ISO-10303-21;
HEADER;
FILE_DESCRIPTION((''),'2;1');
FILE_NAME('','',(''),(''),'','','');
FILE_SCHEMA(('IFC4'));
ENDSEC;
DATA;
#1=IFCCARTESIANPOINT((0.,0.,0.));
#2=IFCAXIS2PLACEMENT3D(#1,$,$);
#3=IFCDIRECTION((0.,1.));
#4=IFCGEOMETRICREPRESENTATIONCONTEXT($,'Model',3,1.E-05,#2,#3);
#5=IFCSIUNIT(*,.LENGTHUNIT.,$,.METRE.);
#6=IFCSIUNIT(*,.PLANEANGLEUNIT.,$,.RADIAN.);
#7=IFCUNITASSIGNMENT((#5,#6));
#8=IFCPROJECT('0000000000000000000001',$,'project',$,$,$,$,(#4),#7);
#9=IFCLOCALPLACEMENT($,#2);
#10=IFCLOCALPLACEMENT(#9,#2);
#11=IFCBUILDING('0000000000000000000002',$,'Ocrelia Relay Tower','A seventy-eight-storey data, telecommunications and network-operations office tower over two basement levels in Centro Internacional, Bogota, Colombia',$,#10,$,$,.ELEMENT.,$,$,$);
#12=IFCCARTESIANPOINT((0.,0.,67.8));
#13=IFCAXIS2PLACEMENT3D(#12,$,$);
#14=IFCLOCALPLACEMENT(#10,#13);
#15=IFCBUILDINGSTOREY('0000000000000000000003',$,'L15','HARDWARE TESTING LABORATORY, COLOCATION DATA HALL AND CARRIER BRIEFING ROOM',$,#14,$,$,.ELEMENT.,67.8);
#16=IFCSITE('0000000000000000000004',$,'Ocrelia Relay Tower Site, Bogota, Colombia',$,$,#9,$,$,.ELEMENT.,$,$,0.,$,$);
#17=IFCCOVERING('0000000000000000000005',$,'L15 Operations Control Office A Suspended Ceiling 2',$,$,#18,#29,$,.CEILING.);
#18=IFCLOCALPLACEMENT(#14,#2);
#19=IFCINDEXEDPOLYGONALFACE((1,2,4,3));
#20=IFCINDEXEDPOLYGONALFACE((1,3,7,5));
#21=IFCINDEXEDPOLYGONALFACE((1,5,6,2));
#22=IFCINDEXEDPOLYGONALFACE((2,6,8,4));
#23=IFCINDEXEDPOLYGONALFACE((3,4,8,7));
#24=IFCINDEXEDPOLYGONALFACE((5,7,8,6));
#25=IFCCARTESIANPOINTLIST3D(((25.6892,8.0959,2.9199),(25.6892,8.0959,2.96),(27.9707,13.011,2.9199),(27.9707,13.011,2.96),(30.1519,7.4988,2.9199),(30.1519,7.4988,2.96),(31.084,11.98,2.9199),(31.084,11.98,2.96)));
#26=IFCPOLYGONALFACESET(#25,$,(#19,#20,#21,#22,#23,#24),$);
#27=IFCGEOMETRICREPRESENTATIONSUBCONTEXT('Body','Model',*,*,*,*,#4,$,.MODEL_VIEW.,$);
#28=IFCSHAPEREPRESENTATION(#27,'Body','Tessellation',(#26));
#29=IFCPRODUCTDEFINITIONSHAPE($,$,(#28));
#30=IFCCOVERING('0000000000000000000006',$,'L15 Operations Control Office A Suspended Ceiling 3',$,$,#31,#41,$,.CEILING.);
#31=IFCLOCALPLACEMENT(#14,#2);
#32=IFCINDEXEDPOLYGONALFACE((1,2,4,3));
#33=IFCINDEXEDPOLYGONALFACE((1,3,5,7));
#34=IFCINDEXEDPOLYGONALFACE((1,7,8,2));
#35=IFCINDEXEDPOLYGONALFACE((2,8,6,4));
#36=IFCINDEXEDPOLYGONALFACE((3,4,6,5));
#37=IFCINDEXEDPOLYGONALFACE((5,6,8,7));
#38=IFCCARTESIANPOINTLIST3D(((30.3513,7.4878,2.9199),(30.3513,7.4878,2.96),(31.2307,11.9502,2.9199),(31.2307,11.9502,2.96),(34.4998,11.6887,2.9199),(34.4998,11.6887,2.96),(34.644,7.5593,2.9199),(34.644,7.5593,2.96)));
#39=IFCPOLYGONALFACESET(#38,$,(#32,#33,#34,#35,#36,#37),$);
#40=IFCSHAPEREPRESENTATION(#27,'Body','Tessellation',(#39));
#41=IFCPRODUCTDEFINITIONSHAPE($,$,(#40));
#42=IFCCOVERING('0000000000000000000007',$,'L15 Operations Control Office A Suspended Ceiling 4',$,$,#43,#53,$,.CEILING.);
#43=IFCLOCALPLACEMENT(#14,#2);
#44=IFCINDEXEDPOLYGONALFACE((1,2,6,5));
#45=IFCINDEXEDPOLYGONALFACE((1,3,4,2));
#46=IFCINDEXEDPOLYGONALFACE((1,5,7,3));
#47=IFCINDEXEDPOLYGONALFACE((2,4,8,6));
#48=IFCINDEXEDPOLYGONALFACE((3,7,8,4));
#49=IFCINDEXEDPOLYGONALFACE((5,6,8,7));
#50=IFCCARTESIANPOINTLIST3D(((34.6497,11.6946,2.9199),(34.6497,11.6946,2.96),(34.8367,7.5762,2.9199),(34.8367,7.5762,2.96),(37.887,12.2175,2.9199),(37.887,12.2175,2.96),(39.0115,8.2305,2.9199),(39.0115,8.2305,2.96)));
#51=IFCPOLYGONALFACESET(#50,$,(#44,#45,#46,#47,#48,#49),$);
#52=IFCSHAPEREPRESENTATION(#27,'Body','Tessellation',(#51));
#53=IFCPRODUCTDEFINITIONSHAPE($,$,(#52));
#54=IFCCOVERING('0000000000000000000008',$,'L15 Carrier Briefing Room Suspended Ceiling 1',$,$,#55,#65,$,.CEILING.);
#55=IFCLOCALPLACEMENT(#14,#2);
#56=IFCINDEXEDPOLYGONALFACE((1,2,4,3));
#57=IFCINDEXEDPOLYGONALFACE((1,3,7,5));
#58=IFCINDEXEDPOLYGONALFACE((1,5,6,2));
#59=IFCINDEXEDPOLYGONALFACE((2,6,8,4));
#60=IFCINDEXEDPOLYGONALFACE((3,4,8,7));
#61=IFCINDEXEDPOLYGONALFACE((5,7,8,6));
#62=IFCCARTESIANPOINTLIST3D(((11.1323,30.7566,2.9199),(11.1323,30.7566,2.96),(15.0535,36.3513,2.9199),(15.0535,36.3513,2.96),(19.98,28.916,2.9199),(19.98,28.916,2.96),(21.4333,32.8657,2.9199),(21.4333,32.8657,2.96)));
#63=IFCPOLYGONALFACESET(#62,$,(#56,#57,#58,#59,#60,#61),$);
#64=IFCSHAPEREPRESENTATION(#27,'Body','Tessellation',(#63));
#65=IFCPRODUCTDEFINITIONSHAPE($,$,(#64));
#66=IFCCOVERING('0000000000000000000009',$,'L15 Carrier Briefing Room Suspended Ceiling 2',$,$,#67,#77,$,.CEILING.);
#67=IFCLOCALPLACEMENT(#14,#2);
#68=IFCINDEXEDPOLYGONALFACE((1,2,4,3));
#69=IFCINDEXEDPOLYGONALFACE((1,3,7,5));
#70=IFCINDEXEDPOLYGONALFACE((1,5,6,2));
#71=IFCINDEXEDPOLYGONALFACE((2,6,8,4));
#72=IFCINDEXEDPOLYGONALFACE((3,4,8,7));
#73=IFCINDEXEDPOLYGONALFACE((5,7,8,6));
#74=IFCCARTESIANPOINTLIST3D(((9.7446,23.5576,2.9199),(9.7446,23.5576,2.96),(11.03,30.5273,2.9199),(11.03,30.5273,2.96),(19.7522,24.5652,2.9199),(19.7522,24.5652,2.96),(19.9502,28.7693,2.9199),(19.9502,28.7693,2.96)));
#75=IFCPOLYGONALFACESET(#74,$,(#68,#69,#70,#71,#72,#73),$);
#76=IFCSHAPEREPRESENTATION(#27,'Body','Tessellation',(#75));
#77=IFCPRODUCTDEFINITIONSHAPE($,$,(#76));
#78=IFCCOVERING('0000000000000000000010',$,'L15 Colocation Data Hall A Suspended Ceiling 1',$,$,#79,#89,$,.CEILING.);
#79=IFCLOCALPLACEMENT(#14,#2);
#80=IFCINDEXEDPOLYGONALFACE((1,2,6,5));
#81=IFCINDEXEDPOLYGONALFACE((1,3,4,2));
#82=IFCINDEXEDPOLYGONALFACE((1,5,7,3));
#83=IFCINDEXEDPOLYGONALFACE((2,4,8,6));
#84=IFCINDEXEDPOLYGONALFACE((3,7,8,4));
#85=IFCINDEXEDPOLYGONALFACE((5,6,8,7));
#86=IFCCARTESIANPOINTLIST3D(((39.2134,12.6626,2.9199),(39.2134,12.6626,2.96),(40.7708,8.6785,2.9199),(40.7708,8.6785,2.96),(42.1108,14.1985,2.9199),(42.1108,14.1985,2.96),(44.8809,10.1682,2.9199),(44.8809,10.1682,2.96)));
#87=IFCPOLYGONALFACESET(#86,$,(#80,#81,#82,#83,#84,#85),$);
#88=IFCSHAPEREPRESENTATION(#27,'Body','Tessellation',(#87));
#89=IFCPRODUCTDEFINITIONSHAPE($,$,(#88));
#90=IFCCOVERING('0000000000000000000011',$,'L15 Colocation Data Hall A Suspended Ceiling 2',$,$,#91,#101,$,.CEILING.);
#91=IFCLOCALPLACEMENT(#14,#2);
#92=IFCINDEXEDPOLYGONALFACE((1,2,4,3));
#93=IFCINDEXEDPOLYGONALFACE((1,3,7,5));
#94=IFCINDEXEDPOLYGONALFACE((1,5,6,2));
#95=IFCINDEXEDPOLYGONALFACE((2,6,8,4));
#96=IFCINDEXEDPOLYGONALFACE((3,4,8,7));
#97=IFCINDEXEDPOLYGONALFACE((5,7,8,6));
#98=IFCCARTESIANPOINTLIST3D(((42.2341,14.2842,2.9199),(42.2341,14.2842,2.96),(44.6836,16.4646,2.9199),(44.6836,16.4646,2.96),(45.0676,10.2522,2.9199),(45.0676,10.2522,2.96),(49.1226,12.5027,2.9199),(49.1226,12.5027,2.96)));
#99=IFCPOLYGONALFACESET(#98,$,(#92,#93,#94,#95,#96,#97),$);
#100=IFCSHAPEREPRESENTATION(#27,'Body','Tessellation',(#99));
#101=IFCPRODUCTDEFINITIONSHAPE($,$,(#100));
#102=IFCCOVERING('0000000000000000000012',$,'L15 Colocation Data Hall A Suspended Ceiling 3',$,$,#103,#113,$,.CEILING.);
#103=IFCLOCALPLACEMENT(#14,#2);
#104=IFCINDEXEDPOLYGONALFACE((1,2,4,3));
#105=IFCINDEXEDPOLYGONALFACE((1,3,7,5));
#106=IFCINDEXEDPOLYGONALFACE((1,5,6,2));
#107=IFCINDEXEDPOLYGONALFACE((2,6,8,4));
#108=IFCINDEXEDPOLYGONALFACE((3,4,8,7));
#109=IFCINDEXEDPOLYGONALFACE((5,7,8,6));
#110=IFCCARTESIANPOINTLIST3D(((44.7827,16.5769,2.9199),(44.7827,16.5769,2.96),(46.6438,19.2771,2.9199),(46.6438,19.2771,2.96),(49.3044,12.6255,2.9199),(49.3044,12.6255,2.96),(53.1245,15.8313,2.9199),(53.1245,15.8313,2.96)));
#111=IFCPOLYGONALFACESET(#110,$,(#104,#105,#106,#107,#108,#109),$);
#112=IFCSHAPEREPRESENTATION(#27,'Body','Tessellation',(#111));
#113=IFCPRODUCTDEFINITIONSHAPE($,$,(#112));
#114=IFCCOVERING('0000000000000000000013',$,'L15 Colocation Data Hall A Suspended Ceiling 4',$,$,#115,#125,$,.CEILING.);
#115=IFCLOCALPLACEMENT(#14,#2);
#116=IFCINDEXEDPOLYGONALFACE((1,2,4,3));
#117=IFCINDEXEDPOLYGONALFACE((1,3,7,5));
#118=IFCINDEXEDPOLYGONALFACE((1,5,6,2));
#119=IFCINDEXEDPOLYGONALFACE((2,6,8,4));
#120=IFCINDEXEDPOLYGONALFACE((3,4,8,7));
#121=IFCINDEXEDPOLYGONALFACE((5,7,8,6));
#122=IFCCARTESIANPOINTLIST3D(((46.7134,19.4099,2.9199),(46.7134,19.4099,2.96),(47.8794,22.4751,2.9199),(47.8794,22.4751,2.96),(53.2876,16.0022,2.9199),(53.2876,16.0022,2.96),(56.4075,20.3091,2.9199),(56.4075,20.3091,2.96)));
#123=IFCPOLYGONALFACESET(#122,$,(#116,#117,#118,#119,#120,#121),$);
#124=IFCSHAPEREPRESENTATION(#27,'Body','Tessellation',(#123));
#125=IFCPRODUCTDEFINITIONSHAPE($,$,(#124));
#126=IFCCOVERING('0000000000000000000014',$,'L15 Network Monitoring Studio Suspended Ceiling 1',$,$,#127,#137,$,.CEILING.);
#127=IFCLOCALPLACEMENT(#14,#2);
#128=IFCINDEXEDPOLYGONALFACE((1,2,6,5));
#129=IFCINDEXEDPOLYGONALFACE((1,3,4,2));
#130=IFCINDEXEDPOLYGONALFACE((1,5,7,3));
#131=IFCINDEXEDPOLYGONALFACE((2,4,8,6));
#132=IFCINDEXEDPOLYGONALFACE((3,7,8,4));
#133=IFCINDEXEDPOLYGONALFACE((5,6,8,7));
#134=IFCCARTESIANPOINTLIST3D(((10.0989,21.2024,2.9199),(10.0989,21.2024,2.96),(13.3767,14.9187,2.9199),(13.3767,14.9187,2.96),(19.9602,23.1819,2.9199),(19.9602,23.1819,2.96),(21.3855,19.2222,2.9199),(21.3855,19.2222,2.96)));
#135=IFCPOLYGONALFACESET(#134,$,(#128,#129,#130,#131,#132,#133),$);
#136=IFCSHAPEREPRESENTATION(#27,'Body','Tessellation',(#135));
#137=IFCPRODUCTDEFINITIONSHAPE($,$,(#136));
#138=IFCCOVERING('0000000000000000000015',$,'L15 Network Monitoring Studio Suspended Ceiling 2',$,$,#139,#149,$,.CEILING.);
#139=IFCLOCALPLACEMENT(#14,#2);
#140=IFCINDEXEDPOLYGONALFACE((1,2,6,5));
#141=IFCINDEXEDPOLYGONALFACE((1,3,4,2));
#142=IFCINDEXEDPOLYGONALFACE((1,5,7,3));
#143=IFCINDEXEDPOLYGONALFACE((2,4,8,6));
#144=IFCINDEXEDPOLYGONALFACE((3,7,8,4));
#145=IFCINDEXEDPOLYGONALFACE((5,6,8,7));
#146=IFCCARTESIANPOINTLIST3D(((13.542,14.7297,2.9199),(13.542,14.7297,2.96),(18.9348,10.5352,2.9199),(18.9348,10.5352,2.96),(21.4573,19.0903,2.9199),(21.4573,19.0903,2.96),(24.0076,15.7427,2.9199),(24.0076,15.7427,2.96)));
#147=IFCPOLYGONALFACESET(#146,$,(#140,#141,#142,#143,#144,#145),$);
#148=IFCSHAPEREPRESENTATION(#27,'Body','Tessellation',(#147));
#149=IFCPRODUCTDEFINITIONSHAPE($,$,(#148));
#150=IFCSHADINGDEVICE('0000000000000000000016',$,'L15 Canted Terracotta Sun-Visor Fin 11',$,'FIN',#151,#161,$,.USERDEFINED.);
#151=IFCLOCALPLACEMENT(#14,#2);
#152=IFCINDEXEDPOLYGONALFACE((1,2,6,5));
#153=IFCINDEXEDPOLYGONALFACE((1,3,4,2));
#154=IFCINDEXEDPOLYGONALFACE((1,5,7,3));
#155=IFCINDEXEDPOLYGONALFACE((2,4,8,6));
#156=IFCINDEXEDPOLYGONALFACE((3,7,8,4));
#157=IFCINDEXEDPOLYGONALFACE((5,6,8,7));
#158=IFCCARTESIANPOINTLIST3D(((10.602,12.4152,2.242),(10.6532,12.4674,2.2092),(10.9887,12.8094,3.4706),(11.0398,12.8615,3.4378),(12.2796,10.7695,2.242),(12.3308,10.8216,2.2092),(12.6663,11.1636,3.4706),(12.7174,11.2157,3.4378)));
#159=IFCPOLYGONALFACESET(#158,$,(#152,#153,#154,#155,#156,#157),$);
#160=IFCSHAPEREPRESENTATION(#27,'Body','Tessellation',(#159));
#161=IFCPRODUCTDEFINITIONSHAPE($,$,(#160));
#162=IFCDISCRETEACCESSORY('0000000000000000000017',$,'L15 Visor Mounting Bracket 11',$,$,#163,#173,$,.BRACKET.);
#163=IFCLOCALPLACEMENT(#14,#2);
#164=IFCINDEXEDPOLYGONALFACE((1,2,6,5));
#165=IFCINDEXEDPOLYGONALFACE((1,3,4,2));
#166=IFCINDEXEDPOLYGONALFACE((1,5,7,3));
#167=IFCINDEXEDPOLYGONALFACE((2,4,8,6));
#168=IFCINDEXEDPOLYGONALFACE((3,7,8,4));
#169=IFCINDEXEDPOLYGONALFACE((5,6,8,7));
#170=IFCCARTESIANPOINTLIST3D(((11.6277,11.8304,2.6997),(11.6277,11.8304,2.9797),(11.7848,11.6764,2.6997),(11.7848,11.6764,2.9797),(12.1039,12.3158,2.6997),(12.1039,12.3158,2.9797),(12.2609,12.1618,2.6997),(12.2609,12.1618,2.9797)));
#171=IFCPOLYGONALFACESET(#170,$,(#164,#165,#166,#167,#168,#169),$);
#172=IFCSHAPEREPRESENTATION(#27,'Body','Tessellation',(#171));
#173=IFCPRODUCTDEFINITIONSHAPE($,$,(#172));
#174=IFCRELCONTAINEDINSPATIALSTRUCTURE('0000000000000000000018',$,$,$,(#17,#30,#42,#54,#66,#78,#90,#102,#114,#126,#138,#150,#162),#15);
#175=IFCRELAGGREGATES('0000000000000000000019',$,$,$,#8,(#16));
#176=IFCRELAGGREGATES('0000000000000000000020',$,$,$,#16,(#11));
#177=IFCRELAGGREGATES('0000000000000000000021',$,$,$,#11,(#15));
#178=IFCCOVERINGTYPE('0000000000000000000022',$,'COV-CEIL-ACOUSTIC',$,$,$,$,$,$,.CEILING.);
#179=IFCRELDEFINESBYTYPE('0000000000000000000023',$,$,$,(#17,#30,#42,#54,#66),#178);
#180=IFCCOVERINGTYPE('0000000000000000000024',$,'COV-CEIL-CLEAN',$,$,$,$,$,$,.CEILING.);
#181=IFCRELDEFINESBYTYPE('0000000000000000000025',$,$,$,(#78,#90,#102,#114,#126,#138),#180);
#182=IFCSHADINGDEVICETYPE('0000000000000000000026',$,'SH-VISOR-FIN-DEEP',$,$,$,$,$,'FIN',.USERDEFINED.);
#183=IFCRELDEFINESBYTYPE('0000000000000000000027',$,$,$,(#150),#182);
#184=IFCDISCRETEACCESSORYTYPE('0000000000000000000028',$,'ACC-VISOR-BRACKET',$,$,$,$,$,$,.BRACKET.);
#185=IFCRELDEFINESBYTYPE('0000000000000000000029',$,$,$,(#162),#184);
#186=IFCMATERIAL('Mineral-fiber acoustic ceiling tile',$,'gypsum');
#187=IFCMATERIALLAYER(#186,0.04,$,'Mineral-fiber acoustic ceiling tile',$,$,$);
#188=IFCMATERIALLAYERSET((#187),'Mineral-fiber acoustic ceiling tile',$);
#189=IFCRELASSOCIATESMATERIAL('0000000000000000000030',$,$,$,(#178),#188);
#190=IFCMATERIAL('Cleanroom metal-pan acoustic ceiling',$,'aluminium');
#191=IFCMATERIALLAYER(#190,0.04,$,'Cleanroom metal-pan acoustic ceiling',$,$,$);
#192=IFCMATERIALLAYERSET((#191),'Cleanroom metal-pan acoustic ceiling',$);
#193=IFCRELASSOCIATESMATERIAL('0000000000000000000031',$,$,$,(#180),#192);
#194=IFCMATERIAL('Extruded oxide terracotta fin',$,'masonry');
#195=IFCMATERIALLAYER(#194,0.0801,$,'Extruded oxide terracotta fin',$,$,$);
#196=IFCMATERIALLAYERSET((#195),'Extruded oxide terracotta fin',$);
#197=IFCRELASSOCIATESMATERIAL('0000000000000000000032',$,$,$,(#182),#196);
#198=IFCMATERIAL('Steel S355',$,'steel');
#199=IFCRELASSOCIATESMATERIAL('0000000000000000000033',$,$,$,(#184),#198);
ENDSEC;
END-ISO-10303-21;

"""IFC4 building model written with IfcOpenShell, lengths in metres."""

from ifc_helpers import new_model, si_unit, direction, frame, origin, origin_2d, place, context, subcontext, project, spatial, polyline, rectangle, outline, extrude, material, layer, layer_set, type_object, element, save


model = new_model("IFC4")

# Units and contexts
model_context = context("Model", 3, precision=1e-05, world=origin(), true_north=direction((0.0, 1.0)))
body_context = subcontext(model_context, "Body", "Model", "MODEL_VIEW")
ifc_project = project(units=[si_unit("LENGTHUNIT", "METRE"), si_unit("PLANEANGLEUNIT", "RADIAN")], contexts=[model_context])

# Site, building, storey
site_placement = place(None, origin())
site = spatial("IfcSite", under=ifc_project, at=site_placement, Name="Ocrelia Relay Tower Site, Bogota, Colombia", CompositionType="ELEMENT", RefElevation=0.0)
building_placement = place(site_placement, origin())
building = spatial("IfcBuilding", under=site, at=building_placement, Name="Ocrelia Relay Tower", Description="A seventy-eight-storey data, telecommunications and network-operations office tower over two basement levels in Centro Internacional, Bogota, Colombia", CompositionType="ELEMENT")
storey_placement = place(building_placement, frame((0.0, 0.0, 67.8)))
storey = spatial("IfcBuildingStorey", under=building, at=storey_placement, Name="L15", Description="HARDWARE TESTING LABORATORY, COLOCATION DATA HALL AND CARRIER BRIEFING ROOM", CompositionType="ELEMENT", Elevation=67.8)

# Coverings
ifc_material_1 = material(Name="Mineral-fiber acoustic ceiling tile", Category="gypsum")
ifc_layer_1 = layer(ifc_material_1, 0.04, Name="Mineral-fiber acoustic ceiling tile")
ifc_layer_set_1 = layer_set([ifc_layer_1], Name="Mineral-fiber acoustic ceiling tile")
covering_type_1 = type_object("IfcCoveringType", Name="COV-CEIL-ACOUSTIC", PredefinedType="CEILING", material=ifc_layer_set_1)
covering_1_placement = place(storey_placement, frame((0.0, 0.0, 2.9199)))
element("IfcCovering", 1, at=covering_1_placement, inside=storey, type_object=covering_type_1, Name="L15 Operations Control Office A Suspended Ceiling 2", PredefinedType="CEILING", context=body_context, shape_type="SweptSolid", body=[
    extrude(outline(polyline([(27.9707, 13.011), (25.6892, 8.0959), (30.1519, 7.4988), (31.084, 11.98), (27.9707, 13.011)])), origin(), (0.0, 0.0, 1.0), 0.04),
])
covering_2_placement = place(storey_placement, frame((0.0, 0.0, 2.9199)))
element("IfcCovering", 2, at=covering_2_placement, inside=storey, type_object=covering_type_1, Name="L15 Operations Control Office A Suspended Ceiling 3", PredefinedType="CEILING", context=body_context, shape_type="SweptSolid", body=[
    extrude(outline(polyline([(31.2307, 11.9502), (30.3513, 7.4878), (34.644, 7.5593), (34.4998, 11.6887), (31.2307, 11.9502)])), origin(), (0.0, 0.0, 1.0), 0.04),
])
covering_3_placement = place(storey_placement, frame((0.0, 0.0, 2.9199)))
element("IfcCovering", 3, at=covering_3_placement, inside=storey, type_object=covering_type_1, Name="L15 Operations Control Office A Suspended Ceiling 4", PredefinedType="CEILING", context=body_context, shape_type="SweptSolid", body=[
    extrude(outline(polyline([(34.6497, 11.6946), (34.8367, 7.5762), (39.0115, 8.2305), (37.887, 12.2175), (34.6497, 11.6946)])), origin(), (0.0, 0.0, 1.0), 0.04),
])
covering_4_placement = place(storey_placement, frame((0.0, 0.0, 2.9199)))
element("IfcCovering", 4, at=covering_4_placement, inside=storey, type_object=covering_type_1, Name="L15 Carrier Briefing Room Suspended Ceiling 1", PredefinedType="CEILING", context=body_context, shape_type="SweptSolid", body=[
    extrude(outline(polyline([(21.4333, 32.8657), (15.0535, 36.3513), (11.1323, 30.7566), (19.98, 28.916), (21.4333, 32.8657)])), origin(), (0.0, 0.0, 1.0), 0.04),
])
covering_5_placement = place(storey_placement, frame((0.0, 0.0, 2.9199)))
element("IfcCovering", 5, at=covering_5_placement, inside=storey, type_object=covering_type_1, Name="L15 Carrier Briefing Room Suspended Ceiling 2", PredefinedType="CEILING", context=body_context, shape_type="SweptSolid", body=[
    extrude(outline(polyline([(19.9502, 28.7693), (11.03, 30.5273), (9.7446, 23.5576), (19.7522, 24.5652), (19.9502, 28.7693)])), origin(), (0.0, 0.0, 1.0), 0.04),
])
ifc_material_2 = material(Name="Cleanroom metal-pan acoustic ceiling", Category="aluminium")
ifc_layer_2 = layer(ifc_material_2, 0.04, Name="Cleanroom metal-pan acoustic ceiling")
ifc_layer_set_2 = layer_set([ifc_layer_2], Name="Cleanroom metal-pan acoustic ceiling")
covering_type_2 = type_object("IfcCoveringType", Name="COV-CEIL-CLEAN", PredefinedType="CEILING", material=ifc_layer_set_2)
covering_6_placement = place(storey_placement, frame((0.0, 0.0, 2.9199)))
element("IfcCovering", 6, at=covering_6_placement, inside=storey, type_object=covering_type_2, Name="L15 Colocation Data Hall A Suspended Ceiling 1", PredefinedType="CEILING", context=body_context, shape_type="SweptSolid", body=[
    extrude(outline(polyline([(39.2134, 12.6626), (40.7708, 8.6785), (44.8809, 10.1682), (42.1108, 14.1985), (39.2134, 12.6626)])), origin(), (0.0, 0.0, 1.0), 0.04),
])
covering_7_placement = place(storey_placement, frame((0.0, 0.0, 2.9199)))
element("IfcCovering", 7, at=covering_7_placement, inside=storey, type_object=covering_type_2, Name="L15 Colocation Data Hall A Suspended Ceiling 2", PredefinedType="CEILING", context=body_context, shape_type="SweptSolid", body=[
    extrude(outline(polyline([(42.2341, 14.2842), (45.0676, 10.2522), (49.1226, 12.5027), (44.6836, 16.4646), (42.2341, 14.2842)])), origin(), (0.0, 0.0, 1.0), 0.04),
])
covering_8_placement = place(storey_placement, frame((0.0, 0.0, 2.9199)))
element("IfcCovering", 8, at=covering_8_placement, inside=storey, type_object=covering_type_2, Name="L15 Colocation Data Hall A Suspended Ceiling 3", PredefinedType="CEILING", context=body_context, shape_type="SweptSolid", body=[
    extrude(outline(polyline([(44.7827, 16.5769), (49.3044, 12.6255), (53.1245, 15.8313), (46.6438, 19.2771), (44.7827, 16.5769)])), origin(), (0.0, 0.0, 1.0), 0.04),
])
covering_9_placement = place(storey_placement, frame((0.0, 0.0, 2.9199)))
element("IfcCovering", 9, at=covering_9_placement, inside=storey, type_object=covering_type_2, Name="L15 Colocation Data Hall A Suspended Ceiling 4", PredefinedType="CEILING", context=body_context, shape_type="SweptSolid", body=[
    extrude(outline(polyline([(46.7134, 19.4099), (53.2876, 16.0022), (56.4075, 20.3091), (47.8794, 22.4751), (46.7134, 19.4099)])), origin(), (0.0, 0.0, 1.0), 0.04),
])
covering_10_placement = place(storey_placement, frame((0.0, 0.0, 2.9199)))
element("IfcCovering", 10, at=covering_10_placement, inside=storey, type_object=covering_type_2, Name="L15 Network Monitoring Studio Suspended Ceiling 1", PredefinedType="CEILING", context=body_context, shape_type="SweptSolid", body=[
    extrude(outline(polyline([(19.9602, 23.1819), (10.0989, 21.2024), (13.3767, 14.9187), (21.3855, 19.2222), (19.9602, 23.1819)])), origin(), (0.0, 0.0, 1.0), 0.04),
])
covering_11_placement = place(storey_placement, frame((0.0, 0.0, 2.9199)))
element("IfcCovering", 11, at=covering_11_placement, inside=storey, type_object=covering_type_2, Name="L15 Network Monitoring Studio Suspended Ceiling 2", PredefinedType="CEILING", context=body_context, shape_type="SweptSolid", body=[
    extrude(outline(polyline([(21.4573, 19.0903), (13.542, 14.7297), (18.9348, 10.5352), (24.0076, 15.7427), (21.4573, 19.0903)])), origin(), (0.0, 0.0, 1.0), 0.04),
])

# Shading device
ifc_material_3 = material(Name="Extruded oxide terracotta fin", Category="masonry")
ifc_layer_3 = layer(ifc_material_3, 0.0801, Name="Extruded oxide terracotta fin")
ifc_layer_set_3 = layer_set([ifc_layer_3], Name="Extruded oxide terracotta fin")
shading_device_type = type_object("IfcShadingDeviceType", Name="SH-VISOR-FIN-DEEP", ElementType="FIN", PredefinedType="USERDEFINED", material=ifc_layer_set_3)
shading_device_placement = place(storey_placement, frame((11.6853, 11.8416, 2.8235), z_axis=(-0.638757, -0.651117, 0.409923), x_axis=(0.71385, -0.700299, 0.0)))
element("IfcShadingDevice", 12, at=shading_device_placement, inside=storey, type_object=shading_device_type, Name="L15 Canted Terracotta Sun-Visor Fin 11", ObjectType="FIN", PredefinedType="USERDEFINED", context=body_context, shape_type="SweptSolid", body=[
    extrude(rectangle(XDim=2.3501, YDim=1.3469, at=origin_2d()), origin(), (0.0, 0.0, 1.0), 0.0801),
])

# Discrete accessory
ifc_material_4 = material(Name="Steel S355", Category="steel")
discrete_accessory_type = type_object("IfcDiscreteAccessoryType", Name="ACC-VISOR-BRACKET", PredefinedType="BRACKET", material=ifc_material_4)
discrete_accessory_placement = place(storey_placement, frame((11.9443, 11.9961, 2.6997), z_axis=(0.0, 0.0, 1.0), x_axis=(0.71385, -0.700299, 0.0)))
element("IfcDiscreteAccessory", 13, at=discrete_accessory_placement, inside=storey, type_object=discrete_accessory_type, Name="L15 Visor Mounting Bracket 11", PredefinedType="BRACKET", context=body_context, shape_type="SweptSolid", body=[
    extrude(rectangle(XDim=0.22, YDim=0.6799, at=origin_2d()), origin(), (0.0, 0.0, 1.0), 0.28),
])

save(model, "model.ifc")
